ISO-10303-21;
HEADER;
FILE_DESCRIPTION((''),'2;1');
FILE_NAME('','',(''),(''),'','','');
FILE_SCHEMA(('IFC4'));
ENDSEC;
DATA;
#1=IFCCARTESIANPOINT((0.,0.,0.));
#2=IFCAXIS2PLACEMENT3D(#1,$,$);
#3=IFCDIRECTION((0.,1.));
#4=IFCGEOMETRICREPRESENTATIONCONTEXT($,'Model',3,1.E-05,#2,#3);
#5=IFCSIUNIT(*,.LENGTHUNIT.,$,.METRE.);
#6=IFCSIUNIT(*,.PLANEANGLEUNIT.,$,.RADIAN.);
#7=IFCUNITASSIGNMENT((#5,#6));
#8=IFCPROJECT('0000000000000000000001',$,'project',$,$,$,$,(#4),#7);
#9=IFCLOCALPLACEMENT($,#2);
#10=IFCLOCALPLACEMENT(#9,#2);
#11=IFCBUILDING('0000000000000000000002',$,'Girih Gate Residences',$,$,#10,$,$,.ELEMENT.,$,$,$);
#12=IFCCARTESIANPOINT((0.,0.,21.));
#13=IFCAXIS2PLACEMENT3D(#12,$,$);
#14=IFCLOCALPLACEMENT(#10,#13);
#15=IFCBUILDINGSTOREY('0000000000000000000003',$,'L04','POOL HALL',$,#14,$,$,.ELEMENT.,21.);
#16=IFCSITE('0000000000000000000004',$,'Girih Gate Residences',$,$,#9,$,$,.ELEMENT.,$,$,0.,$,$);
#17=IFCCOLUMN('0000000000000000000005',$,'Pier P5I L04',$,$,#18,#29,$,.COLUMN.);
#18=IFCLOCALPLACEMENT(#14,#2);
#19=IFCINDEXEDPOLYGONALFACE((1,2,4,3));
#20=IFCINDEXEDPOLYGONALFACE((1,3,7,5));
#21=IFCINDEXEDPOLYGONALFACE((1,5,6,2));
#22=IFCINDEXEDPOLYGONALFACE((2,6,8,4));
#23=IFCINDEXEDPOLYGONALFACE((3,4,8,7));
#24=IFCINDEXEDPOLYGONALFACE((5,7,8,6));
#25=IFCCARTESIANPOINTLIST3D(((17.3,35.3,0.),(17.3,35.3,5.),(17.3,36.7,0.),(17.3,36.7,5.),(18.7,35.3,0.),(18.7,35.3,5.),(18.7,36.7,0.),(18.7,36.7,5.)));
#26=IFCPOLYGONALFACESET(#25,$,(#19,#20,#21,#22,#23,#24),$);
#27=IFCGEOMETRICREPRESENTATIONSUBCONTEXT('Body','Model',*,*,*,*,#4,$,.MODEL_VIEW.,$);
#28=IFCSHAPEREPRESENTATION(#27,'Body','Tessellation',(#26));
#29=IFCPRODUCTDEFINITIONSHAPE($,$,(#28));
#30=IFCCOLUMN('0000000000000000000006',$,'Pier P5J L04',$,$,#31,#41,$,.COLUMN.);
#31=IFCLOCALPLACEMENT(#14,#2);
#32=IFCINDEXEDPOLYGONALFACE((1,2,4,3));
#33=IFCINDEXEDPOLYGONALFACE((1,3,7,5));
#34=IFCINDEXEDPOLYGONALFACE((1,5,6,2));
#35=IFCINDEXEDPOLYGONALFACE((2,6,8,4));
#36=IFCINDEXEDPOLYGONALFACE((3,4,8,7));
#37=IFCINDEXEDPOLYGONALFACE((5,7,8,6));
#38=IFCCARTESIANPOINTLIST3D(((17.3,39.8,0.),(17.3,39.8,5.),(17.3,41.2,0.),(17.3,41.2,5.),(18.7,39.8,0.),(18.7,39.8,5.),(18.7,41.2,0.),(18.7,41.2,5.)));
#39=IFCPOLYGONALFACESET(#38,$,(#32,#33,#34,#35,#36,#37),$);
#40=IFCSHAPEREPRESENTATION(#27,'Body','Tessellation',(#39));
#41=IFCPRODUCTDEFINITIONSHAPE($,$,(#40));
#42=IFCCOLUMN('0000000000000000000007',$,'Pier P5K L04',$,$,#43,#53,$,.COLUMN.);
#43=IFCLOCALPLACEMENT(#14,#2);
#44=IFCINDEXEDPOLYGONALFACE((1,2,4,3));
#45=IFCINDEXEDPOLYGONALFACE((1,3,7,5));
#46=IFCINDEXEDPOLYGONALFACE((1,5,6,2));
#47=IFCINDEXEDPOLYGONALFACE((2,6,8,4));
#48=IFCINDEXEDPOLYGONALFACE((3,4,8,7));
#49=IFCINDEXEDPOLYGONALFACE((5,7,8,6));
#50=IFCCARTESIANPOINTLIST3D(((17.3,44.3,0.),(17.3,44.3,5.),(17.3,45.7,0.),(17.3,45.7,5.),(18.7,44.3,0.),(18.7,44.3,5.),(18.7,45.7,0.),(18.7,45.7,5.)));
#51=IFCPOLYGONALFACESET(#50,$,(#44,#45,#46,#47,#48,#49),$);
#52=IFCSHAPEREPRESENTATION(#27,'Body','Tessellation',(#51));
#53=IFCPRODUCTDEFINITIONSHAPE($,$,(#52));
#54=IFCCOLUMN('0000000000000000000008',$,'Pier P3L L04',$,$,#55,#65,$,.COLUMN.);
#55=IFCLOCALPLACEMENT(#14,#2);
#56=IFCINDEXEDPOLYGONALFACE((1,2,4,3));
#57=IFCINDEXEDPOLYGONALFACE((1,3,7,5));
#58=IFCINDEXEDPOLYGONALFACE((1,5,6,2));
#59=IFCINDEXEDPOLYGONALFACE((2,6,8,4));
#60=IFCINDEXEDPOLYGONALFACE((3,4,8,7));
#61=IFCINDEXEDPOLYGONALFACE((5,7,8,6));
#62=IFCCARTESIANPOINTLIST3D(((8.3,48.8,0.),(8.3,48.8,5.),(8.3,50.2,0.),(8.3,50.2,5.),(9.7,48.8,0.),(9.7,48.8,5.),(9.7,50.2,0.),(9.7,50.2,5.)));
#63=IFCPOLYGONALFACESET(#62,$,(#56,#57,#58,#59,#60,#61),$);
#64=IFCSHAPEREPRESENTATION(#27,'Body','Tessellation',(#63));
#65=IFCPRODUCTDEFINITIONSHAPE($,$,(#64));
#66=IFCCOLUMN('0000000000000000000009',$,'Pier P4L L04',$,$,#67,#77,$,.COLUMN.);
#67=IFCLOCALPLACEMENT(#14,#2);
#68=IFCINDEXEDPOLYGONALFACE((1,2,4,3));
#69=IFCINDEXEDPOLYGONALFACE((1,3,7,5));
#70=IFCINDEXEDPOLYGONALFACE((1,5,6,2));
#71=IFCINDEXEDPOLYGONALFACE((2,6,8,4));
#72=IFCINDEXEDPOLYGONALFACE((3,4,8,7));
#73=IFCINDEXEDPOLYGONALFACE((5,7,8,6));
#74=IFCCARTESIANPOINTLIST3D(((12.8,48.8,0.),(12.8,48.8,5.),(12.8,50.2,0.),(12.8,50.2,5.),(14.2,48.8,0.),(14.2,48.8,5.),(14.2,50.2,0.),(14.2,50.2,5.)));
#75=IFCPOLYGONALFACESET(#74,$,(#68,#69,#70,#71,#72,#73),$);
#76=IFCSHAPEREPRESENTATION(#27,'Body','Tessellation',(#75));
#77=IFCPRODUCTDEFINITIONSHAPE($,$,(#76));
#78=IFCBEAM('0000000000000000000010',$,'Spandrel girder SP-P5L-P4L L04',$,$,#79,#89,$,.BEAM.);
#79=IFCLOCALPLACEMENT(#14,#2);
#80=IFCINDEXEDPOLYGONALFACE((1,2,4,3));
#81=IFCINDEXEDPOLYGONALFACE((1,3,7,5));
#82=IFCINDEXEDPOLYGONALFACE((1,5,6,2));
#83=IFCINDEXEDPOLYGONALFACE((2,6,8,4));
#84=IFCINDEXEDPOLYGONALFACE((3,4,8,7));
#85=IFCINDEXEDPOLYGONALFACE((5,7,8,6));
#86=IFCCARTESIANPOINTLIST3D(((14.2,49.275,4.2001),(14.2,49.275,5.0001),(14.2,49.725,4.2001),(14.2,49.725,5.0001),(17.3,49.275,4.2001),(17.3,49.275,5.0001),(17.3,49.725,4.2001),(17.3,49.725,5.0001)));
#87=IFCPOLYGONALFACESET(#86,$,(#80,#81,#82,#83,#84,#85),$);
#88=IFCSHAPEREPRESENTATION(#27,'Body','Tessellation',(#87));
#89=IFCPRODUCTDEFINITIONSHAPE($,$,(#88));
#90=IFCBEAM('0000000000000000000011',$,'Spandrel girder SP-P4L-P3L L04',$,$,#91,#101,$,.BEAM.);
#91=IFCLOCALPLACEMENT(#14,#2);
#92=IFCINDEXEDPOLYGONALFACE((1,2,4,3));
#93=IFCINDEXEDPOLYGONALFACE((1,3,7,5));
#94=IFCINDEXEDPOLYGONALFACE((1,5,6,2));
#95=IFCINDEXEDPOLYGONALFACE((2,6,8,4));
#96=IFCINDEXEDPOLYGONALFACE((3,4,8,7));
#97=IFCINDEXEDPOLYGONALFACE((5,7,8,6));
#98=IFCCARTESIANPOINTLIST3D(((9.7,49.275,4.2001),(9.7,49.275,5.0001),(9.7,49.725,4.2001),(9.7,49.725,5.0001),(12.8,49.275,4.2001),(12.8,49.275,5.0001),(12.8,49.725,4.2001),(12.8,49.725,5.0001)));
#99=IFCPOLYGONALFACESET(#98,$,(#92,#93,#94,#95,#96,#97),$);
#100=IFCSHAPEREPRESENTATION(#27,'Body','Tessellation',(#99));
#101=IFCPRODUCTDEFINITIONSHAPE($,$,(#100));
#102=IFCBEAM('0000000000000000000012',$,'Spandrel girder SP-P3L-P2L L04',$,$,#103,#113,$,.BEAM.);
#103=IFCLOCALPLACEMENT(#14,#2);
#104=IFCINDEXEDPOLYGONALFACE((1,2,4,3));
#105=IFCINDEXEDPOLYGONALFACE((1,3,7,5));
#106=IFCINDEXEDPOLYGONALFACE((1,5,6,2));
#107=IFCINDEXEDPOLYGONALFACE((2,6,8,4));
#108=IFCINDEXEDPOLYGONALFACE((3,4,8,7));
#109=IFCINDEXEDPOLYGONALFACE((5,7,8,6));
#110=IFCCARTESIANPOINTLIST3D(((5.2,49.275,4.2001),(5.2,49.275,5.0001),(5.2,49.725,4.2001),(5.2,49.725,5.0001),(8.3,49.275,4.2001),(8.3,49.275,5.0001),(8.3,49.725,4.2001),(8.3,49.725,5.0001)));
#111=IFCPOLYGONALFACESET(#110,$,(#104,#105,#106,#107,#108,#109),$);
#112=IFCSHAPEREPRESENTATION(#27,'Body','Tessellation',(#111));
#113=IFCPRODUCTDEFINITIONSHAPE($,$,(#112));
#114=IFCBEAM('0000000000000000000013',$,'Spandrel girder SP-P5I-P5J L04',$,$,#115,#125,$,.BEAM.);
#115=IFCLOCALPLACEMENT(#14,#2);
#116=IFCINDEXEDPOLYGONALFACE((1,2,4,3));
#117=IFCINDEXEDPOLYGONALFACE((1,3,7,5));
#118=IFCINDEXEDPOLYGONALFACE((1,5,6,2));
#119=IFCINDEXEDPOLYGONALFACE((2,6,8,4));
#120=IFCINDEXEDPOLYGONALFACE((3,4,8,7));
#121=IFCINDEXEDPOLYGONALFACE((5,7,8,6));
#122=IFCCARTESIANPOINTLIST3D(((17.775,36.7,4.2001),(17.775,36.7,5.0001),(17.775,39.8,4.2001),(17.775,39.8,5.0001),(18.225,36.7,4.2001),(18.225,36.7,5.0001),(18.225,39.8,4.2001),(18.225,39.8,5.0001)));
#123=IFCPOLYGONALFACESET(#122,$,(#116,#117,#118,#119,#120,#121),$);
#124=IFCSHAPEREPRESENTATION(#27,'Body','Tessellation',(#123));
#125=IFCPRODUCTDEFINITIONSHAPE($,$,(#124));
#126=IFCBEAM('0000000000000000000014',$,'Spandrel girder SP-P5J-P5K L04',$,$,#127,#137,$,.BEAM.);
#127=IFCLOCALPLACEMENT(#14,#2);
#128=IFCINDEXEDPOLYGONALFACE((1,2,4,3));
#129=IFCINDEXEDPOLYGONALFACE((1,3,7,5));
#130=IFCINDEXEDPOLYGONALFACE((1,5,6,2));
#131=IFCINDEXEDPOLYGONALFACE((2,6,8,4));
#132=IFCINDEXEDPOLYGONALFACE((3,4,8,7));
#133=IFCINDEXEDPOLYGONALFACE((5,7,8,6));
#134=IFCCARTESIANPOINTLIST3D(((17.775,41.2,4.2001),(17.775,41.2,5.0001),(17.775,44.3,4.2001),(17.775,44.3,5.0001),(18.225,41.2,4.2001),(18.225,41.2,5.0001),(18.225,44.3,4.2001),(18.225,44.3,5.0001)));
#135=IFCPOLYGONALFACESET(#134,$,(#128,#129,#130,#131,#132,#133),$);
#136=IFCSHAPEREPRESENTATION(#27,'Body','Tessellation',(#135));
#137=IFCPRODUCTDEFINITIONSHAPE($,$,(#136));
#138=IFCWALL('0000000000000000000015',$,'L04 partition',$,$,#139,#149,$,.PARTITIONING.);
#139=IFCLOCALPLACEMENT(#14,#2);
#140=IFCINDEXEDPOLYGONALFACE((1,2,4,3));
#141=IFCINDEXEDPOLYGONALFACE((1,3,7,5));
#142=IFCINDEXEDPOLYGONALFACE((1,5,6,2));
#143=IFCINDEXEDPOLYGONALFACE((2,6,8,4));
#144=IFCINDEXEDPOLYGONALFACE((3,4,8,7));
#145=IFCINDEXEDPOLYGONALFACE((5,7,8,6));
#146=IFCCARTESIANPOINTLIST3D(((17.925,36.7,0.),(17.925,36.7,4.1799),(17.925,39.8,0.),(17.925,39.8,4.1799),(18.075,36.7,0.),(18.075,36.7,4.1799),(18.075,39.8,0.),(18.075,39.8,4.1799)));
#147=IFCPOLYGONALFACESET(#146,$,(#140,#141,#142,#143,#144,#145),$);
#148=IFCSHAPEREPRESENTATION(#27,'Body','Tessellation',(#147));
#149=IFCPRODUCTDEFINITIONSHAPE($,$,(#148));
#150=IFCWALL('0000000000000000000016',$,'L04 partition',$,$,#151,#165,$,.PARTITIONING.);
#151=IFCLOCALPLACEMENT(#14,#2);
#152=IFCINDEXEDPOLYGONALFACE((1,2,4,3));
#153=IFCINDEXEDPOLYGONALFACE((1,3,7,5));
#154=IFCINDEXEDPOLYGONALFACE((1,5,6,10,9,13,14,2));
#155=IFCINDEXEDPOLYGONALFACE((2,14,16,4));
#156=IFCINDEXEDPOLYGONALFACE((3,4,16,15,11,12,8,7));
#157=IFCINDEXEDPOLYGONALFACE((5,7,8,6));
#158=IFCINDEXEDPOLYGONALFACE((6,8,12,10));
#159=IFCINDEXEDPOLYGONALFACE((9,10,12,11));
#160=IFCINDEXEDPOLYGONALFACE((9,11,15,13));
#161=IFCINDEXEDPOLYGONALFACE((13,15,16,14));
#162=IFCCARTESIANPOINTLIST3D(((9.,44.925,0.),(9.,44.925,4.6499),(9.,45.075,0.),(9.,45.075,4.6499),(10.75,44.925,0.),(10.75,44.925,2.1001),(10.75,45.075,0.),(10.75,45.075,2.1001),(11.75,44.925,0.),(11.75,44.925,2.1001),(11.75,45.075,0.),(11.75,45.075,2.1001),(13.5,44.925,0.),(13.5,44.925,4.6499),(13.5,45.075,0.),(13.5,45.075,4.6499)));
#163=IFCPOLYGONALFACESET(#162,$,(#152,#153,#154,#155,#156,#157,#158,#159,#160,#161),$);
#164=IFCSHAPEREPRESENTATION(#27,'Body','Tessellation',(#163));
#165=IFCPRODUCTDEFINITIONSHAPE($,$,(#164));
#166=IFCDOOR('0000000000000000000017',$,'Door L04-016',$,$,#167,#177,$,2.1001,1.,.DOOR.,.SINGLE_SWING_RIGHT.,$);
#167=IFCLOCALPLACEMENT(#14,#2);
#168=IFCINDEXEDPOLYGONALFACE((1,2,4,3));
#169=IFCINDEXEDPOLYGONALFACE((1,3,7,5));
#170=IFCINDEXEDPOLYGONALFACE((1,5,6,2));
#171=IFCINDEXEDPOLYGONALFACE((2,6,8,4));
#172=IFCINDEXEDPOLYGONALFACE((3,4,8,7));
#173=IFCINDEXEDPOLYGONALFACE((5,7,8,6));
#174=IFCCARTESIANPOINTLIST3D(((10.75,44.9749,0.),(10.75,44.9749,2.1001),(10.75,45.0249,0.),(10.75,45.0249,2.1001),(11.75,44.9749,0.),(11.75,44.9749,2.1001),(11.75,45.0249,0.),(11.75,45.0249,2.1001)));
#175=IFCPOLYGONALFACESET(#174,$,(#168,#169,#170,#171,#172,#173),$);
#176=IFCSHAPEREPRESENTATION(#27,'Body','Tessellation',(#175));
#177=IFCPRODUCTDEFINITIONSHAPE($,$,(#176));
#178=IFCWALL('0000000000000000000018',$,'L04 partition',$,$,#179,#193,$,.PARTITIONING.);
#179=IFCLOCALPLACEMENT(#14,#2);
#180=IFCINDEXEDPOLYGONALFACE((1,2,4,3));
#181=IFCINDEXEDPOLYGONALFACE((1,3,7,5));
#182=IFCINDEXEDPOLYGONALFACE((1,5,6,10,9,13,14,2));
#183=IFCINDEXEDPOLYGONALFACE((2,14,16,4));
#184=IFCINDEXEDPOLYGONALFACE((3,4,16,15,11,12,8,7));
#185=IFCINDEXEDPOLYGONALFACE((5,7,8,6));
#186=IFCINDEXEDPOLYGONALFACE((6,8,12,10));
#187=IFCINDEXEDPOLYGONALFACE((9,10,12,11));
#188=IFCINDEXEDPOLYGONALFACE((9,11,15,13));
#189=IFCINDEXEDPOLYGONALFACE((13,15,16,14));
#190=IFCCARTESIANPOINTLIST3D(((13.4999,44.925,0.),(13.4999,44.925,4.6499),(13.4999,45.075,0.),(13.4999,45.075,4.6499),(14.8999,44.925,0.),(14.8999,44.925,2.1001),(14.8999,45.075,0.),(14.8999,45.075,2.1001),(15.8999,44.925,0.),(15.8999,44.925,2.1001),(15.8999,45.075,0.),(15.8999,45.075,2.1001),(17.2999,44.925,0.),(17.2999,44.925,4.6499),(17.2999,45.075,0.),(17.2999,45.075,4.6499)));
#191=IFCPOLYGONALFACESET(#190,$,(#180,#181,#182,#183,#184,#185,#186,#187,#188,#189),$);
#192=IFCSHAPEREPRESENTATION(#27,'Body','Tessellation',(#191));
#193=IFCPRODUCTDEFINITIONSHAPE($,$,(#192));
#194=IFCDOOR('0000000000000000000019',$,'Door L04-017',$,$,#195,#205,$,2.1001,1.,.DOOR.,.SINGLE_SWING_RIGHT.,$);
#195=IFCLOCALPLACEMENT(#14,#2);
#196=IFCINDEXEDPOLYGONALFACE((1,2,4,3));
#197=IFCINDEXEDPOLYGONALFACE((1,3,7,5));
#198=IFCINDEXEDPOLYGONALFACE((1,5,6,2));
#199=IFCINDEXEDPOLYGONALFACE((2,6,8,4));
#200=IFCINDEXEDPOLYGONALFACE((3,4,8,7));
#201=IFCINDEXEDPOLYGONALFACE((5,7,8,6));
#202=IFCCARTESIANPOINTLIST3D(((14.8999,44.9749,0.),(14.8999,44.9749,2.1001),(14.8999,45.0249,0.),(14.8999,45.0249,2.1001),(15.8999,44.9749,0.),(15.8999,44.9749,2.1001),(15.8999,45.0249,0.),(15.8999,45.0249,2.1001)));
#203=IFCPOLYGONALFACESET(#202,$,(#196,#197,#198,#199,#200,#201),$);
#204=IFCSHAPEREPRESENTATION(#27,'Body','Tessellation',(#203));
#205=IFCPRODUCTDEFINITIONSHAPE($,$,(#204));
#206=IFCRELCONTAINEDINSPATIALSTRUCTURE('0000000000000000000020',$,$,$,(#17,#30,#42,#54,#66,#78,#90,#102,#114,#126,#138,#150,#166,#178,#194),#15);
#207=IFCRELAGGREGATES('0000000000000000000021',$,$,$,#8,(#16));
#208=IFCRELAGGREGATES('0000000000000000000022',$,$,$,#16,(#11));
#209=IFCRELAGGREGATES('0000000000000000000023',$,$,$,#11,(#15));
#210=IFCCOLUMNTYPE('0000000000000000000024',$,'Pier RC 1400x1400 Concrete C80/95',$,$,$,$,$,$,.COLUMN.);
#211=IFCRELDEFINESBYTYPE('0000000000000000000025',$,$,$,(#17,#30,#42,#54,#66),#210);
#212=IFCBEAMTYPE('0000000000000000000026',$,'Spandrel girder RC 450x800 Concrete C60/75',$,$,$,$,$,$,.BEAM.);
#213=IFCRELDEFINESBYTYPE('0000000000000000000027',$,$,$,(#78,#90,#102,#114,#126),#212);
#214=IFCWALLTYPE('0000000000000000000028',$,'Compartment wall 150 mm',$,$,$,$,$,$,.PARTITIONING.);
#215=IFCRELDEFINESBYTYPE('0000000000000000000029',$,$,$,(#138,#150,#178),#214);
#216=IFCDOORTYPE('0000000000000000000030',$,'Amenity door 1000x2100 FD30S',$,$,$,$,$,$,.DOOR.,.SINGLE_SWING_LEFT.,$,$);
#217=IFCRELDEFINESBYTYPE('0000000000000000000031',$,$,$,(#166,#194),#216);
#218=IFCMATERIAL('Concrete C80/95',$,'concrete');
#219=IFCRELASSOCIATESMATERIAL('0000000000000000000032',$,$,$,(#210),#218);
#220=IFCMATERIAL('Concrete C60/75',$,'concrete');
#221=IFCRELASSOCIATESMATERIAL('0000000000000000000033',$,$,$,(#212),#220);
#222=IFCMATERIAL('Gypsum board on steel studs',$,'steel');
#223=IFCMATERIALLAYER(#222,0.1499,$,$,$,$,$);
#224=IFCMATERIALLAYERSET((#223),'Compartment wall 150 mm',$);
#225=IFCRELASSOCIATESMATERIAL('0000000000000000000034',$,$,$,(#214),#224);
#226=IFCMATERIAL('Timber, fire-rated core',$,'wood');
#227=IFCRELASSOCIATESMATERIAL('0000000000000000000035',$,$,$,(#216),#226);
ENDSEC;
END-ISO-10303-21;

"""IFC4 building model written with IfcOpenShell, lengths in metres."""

from ifc_helpers import new_model, si_unit, direction, frame, frame_2d, origin, origin_2d, place, context, subcontext, project, spatial, rectangle, extrude, material, layer, layer_set, material_profile, profile_set, type_object, element, fill, save


model = new_model("IFC4")

# Units and contexts
model_context = context("Model", 3, precision=1e-05, world=origin(), true_north=direction((0.0, 1.0)))
body_context = subcontext(model_context, "Body", "Model", "MODEL_VIEW")
ifc_project = project(units=[si_unit("LENGTHUNIT", "METRE"), si_unit("PLANEANGLEUNIT", "RADIAN")], contexts=[model_context])

# Site, building, storey
site_placement = place(None, origin())
site = spatial("IfcSite", under=ifc_project, at=site_placement, Name="Girih Gate Residences", CompositionType="ELEMENT", RefElevation=0.0)
building_placement = place(site_placement, origin())
building = spatial("IfcBuilding", under=site, at=building_placement, Name="Girih Gate Residences", CompositionType="ELEMENT")
storey_placement = place(building_placement, frame((0.0, 0.0, 21.0)))
storey = spatial("IfcBuildingStorey", under=building, at=storey_placement, Name="L04", Description="POOL HALL", CompositionType="ELEMENT", Elevation=21.0)

# Columns
ifc_material_1 = material(Name="Concrete C80/95", Category="concrete")
ifc_material_profile_1 = material_profile(ifc_material_1, rectangle(XDim=1.3999, YDim=1.3999, at=origin_2d()))
ifc_profile_set_1 = profile_set([ifc_material_profile_1], Name="Concrete C80/95")
column_type = type_object("IfcColumnType", Name="Pier RC 1400x1400 Concrete C80/95", PredefinedType="COLUMN", material=ifc_profile_set_1)
for number, where, z_axis, x_axis, name in (
    (1, (18.0, 36.0, 0.0), (0.0, 0.0, 1.0), (1.0, 0.0, 0.0), "Pier P5I L04"),
    (2, (18.0, 40.5, 0.0), (0.0, 0.0, 1.0), (1.0, 0.0, 0.0), "Pier P5J L04"),
    (3, (18.0, 45.0, 0.0), (0.0, 0.0, 1.0), (1.0, 0.0, 0.0), "Pier P5K L04"),
    (4, (9.0, 49.5, 0.0), (0.0, 0.0, 1.0), (1.0, 0.0, 0.0), "Pier P3L L04"),
    (5, (13.5, 49.5, 0.0), (0.0, 0.0, 1.0), (1.0, 0.0, 0.0), "Pier P4L L04"),
):
    element("IfcColumn", number, at=place(storey_placement, frame(where, z_axis=z_axis, x_axis=x_axis)), inside=storey, type_object=column_type, Name=name, PredefinedType="COLUMN", context=body_context, shape_type="SweptSolid", body=[
        extrude(rectangle(XDim=1.3999, YDim=1.3999, at=origin_2d()), origin(), (0.0, 0.0, 1.0), 5.0),
    ])

# Beams
ifc_material_2 = material(Name="Concrete C60/75", Category="concrete")
ifc_material_profile_2 = material_profile(ifc_material_2, rectangle(XDim=0.45, YDim=0.8, at=origin_2d()))
ifc_profile_set_2 = profile_set([ifc_material_profile_2], Name="Concrete C60/75")
beam_type = type_object("IfcBeamType", Name="Spandrel girder RC 450x800 Concrete C60/75", PredefinedType="BEAM", material=ifc_profile_set_2)
for number, where, z_axis, x_axis, name in (
    (6, (17.3, 49.5, 4.6001), (-1.0, 0.0, 0.0), (0.0, -1.0, 0.0), "Spandrel girder SP-P5L-P4L L04"),
    (7, (12.8, 49.5, 4.6001), (-1.0, 0.0, 0.0), (0.0, -1.0, 0.0), "Spandrel girder SP-P4L-P3L L04"),
    (8, (8.3, 49.5, 4.6001), (-1.0, 0.0, 0.0), (0.0, -1.0, 0.0), "Spandrel girder SP-P3L-P2L L04"),
    (9, (18.0, 36.7, 4.6001), (0.0, 1.0, 0.0), (-1.0, 0.0, 0.0), "Spandrel girder SP-P5I-P5J L04"),
    (10, (18.0, 41.2, 4.6001), (0.0, 1.0, 0.0), (-1.0, 0.0, 0.0), "Spandrel girder SP-P5J-P5K L04"),
):
    element("IfcBeam", number, at=place(storey_placement, frame(where, z_axis=z_axis, x_axis=x_axis)), inside=storey, type_object=beam_type, Name=name, PredefinedType="BEAM", context=body_context, shape_type="SweptSolid", body=[
        extrude(rectangle(XDim=0.45, YDim=0.8, at=origin_2d()), origin(), (0.0, 0.0, 1.0), 3.1001),
    ])

# Wall
ifc_material_3 = material(Name="Gypsum board on steel studs", Category="steel")
ifc_layer_1 = layer(ifc_material_3, 0.1499)
ifc_layer_set_1 = layer_set([ifc_layer_1], Name="Compartment wall 150 mm")
wall_type_1 = type_object("IfcWallType", Name="Compartment wall 150 mm", PredefinedType="PARTITIONING", material=ifc_layer_set_1)
wall_1_placement = place(storey_placement, frame((18.0, 36.7, 0.0), z_axis=(0.0, 0.0, 1.0), x_axis=(0.0, 1.0, 0.0)))
element("IfcWall", 11, at=wall_1_placement, inside=storey, type_object=wall_type_1, Name="L04 partition", PredefinedType="PARTITIONING", context=body_context, shape_type="SweptSolid", body=[
    extrude(rectangle(XDim=3.1001, YDim=0.1499, at=frame_2d((1.55, 0.0))), origin(), (0.0, 0.0, 1.0), 4.1799),
])

# Walls, openings, doors
wall_2_placement = place(storey_placement, frame((9.0, 45.0, 0.0), z_axis=(0.0, 0.0, 1.0), x_axis=(1.0, 0.0, 0.0)))
wall_2 = element("IfcWall", 12, at=wall_2_placement, inside=storey, type_object=wall_type_1, Name="L04 partition", PredefinedType="PARTITIONING", context=body_context, shape_type="SweptSolid", body=[
    extrude(rectangle(XDim=4.5, YDim=0.1499, at=frame_2d((2.25, 0.0))), origin(), (0.0, 0.0, 1.0), 4.6499),
])
opening_1_placement = place(wall_2_placement, frame((1.75, 0.0, 0.0)))
opening_1 = element("IfcOpeningElement", 13, at=opening_1_placement, cuts=wall_2, PredefinedType="OPENING", context=body_context, shape_type="SweptSolid", body=[
    extrude(rectangle(XDim=1.0, YDim=2.1001, at=frame_2d((0.5, 1.05))), frame((0.0, 0.085, 0.0), z_axis=(0.0, -1.0, 0.0), x_axis=(1.0, 0.0, 0.0)), (0.0, 0.0, 1.0), 0.1699),
])
ifc_material_4 = material(Name="Timber, fire-rated core", Category="wood")
door_type_1 = type_object("IfcDoorType", Name="Amenity door 1000x2100 FD30S", OperationType="SINGLE_SWING_LEFT", PredefinedType="DOOR", material=ifc_material_4)
door_1_placement = place(opening_1_placement, origin())
door_1 = element("IfcDoor", 14, at=door_1_placement, inside=storey, type_object=door_type_1, Name="Door L04-016", OperationType="SINGLE_SWING_RIGHT", OverallHeight=2.1001, OverallWidth=1.0, PredefinedType="DOOR", context=body_context, shape_type="SweptSolid", body=[
    extrude(rectangle(XDim=1.0, YDim=2.1001, at=frame_2d((0.5, 1.05))), frame((0.0, 0.0249, 0.0), z_axis=(0.0, -1.0, 0.0), x_axis=(1.0, 0.0, 0.0)), (0.0, 0.0, 1.0), 0.05),
])
fill(opening_1, door_1)
wall_3_placement = place(storey_placement, frame((13.5, 45.0, 0.0), z_axis=(0.0, 0.0, 1.0), x_axis=(1.0, 0.0, 0.0)))
wall_3 = element("IfcWall", 15, at=wall_3_placement, inside=storey, type_object=wall_type_1, Name="L04 partition", PredefinedType="PARTITIONING", context=body_context, shape_type="SweptSolid", body=[
    extrude(rectangle(XDim=3.8, YDim=0.1499, at=frame_2d((1.8999, 0.0))), origin(), (0.0, 0.0, 1.0), 4.6499),
])
opening_2_placement = place(wall_3_placement, frame((1.3999, 0.0, 0.0)))
opening_2 = element("IfcOpeningElement", 16, at=opening_2_placement, cuts=wall_3, PredefinedType="OPENING", context=body_context, shape_type="SweptSolid", body=[
    extrude(rectangle(XDim=1.0, YDim=2.1001, at=frame_2d((0.5, 1.05))), frame((0.0, 0.085, 0.0), z_axis=(0.0, -1.0, 0.0), x_axis=(1.0, 0.0, 0.0)), (0.0, 0.0, 1.0), 0.1699),
])
door_2_placement = place(opening_2_placement, origin())
door_2 = element("IfcDoor", 17, at=door_2_placement, inside=storey, type_object=door_type_1, Name="Door L04-017", OperationType="SINGLE_SWING_RIGHT", OverallHeight=2.1001, OverallWidth=1.0, PredefinedType="DOOR", context=body_context, shape_type="SweptSolid", body=[
    extrude(rectangle(XDim=1.0, YDim=2.1001, at=frame_2d((0.5, 1.05))), frame((0.0, 0.0249, 0.0), z_axis=(0.0, -1.0, 0.0), x_axis=(1.0, 0.0, 0.0)), (0.0, 0.0, 1.0), 0.05),
])
fill(opening_2, door_2)

save(model, "model.ifc")
